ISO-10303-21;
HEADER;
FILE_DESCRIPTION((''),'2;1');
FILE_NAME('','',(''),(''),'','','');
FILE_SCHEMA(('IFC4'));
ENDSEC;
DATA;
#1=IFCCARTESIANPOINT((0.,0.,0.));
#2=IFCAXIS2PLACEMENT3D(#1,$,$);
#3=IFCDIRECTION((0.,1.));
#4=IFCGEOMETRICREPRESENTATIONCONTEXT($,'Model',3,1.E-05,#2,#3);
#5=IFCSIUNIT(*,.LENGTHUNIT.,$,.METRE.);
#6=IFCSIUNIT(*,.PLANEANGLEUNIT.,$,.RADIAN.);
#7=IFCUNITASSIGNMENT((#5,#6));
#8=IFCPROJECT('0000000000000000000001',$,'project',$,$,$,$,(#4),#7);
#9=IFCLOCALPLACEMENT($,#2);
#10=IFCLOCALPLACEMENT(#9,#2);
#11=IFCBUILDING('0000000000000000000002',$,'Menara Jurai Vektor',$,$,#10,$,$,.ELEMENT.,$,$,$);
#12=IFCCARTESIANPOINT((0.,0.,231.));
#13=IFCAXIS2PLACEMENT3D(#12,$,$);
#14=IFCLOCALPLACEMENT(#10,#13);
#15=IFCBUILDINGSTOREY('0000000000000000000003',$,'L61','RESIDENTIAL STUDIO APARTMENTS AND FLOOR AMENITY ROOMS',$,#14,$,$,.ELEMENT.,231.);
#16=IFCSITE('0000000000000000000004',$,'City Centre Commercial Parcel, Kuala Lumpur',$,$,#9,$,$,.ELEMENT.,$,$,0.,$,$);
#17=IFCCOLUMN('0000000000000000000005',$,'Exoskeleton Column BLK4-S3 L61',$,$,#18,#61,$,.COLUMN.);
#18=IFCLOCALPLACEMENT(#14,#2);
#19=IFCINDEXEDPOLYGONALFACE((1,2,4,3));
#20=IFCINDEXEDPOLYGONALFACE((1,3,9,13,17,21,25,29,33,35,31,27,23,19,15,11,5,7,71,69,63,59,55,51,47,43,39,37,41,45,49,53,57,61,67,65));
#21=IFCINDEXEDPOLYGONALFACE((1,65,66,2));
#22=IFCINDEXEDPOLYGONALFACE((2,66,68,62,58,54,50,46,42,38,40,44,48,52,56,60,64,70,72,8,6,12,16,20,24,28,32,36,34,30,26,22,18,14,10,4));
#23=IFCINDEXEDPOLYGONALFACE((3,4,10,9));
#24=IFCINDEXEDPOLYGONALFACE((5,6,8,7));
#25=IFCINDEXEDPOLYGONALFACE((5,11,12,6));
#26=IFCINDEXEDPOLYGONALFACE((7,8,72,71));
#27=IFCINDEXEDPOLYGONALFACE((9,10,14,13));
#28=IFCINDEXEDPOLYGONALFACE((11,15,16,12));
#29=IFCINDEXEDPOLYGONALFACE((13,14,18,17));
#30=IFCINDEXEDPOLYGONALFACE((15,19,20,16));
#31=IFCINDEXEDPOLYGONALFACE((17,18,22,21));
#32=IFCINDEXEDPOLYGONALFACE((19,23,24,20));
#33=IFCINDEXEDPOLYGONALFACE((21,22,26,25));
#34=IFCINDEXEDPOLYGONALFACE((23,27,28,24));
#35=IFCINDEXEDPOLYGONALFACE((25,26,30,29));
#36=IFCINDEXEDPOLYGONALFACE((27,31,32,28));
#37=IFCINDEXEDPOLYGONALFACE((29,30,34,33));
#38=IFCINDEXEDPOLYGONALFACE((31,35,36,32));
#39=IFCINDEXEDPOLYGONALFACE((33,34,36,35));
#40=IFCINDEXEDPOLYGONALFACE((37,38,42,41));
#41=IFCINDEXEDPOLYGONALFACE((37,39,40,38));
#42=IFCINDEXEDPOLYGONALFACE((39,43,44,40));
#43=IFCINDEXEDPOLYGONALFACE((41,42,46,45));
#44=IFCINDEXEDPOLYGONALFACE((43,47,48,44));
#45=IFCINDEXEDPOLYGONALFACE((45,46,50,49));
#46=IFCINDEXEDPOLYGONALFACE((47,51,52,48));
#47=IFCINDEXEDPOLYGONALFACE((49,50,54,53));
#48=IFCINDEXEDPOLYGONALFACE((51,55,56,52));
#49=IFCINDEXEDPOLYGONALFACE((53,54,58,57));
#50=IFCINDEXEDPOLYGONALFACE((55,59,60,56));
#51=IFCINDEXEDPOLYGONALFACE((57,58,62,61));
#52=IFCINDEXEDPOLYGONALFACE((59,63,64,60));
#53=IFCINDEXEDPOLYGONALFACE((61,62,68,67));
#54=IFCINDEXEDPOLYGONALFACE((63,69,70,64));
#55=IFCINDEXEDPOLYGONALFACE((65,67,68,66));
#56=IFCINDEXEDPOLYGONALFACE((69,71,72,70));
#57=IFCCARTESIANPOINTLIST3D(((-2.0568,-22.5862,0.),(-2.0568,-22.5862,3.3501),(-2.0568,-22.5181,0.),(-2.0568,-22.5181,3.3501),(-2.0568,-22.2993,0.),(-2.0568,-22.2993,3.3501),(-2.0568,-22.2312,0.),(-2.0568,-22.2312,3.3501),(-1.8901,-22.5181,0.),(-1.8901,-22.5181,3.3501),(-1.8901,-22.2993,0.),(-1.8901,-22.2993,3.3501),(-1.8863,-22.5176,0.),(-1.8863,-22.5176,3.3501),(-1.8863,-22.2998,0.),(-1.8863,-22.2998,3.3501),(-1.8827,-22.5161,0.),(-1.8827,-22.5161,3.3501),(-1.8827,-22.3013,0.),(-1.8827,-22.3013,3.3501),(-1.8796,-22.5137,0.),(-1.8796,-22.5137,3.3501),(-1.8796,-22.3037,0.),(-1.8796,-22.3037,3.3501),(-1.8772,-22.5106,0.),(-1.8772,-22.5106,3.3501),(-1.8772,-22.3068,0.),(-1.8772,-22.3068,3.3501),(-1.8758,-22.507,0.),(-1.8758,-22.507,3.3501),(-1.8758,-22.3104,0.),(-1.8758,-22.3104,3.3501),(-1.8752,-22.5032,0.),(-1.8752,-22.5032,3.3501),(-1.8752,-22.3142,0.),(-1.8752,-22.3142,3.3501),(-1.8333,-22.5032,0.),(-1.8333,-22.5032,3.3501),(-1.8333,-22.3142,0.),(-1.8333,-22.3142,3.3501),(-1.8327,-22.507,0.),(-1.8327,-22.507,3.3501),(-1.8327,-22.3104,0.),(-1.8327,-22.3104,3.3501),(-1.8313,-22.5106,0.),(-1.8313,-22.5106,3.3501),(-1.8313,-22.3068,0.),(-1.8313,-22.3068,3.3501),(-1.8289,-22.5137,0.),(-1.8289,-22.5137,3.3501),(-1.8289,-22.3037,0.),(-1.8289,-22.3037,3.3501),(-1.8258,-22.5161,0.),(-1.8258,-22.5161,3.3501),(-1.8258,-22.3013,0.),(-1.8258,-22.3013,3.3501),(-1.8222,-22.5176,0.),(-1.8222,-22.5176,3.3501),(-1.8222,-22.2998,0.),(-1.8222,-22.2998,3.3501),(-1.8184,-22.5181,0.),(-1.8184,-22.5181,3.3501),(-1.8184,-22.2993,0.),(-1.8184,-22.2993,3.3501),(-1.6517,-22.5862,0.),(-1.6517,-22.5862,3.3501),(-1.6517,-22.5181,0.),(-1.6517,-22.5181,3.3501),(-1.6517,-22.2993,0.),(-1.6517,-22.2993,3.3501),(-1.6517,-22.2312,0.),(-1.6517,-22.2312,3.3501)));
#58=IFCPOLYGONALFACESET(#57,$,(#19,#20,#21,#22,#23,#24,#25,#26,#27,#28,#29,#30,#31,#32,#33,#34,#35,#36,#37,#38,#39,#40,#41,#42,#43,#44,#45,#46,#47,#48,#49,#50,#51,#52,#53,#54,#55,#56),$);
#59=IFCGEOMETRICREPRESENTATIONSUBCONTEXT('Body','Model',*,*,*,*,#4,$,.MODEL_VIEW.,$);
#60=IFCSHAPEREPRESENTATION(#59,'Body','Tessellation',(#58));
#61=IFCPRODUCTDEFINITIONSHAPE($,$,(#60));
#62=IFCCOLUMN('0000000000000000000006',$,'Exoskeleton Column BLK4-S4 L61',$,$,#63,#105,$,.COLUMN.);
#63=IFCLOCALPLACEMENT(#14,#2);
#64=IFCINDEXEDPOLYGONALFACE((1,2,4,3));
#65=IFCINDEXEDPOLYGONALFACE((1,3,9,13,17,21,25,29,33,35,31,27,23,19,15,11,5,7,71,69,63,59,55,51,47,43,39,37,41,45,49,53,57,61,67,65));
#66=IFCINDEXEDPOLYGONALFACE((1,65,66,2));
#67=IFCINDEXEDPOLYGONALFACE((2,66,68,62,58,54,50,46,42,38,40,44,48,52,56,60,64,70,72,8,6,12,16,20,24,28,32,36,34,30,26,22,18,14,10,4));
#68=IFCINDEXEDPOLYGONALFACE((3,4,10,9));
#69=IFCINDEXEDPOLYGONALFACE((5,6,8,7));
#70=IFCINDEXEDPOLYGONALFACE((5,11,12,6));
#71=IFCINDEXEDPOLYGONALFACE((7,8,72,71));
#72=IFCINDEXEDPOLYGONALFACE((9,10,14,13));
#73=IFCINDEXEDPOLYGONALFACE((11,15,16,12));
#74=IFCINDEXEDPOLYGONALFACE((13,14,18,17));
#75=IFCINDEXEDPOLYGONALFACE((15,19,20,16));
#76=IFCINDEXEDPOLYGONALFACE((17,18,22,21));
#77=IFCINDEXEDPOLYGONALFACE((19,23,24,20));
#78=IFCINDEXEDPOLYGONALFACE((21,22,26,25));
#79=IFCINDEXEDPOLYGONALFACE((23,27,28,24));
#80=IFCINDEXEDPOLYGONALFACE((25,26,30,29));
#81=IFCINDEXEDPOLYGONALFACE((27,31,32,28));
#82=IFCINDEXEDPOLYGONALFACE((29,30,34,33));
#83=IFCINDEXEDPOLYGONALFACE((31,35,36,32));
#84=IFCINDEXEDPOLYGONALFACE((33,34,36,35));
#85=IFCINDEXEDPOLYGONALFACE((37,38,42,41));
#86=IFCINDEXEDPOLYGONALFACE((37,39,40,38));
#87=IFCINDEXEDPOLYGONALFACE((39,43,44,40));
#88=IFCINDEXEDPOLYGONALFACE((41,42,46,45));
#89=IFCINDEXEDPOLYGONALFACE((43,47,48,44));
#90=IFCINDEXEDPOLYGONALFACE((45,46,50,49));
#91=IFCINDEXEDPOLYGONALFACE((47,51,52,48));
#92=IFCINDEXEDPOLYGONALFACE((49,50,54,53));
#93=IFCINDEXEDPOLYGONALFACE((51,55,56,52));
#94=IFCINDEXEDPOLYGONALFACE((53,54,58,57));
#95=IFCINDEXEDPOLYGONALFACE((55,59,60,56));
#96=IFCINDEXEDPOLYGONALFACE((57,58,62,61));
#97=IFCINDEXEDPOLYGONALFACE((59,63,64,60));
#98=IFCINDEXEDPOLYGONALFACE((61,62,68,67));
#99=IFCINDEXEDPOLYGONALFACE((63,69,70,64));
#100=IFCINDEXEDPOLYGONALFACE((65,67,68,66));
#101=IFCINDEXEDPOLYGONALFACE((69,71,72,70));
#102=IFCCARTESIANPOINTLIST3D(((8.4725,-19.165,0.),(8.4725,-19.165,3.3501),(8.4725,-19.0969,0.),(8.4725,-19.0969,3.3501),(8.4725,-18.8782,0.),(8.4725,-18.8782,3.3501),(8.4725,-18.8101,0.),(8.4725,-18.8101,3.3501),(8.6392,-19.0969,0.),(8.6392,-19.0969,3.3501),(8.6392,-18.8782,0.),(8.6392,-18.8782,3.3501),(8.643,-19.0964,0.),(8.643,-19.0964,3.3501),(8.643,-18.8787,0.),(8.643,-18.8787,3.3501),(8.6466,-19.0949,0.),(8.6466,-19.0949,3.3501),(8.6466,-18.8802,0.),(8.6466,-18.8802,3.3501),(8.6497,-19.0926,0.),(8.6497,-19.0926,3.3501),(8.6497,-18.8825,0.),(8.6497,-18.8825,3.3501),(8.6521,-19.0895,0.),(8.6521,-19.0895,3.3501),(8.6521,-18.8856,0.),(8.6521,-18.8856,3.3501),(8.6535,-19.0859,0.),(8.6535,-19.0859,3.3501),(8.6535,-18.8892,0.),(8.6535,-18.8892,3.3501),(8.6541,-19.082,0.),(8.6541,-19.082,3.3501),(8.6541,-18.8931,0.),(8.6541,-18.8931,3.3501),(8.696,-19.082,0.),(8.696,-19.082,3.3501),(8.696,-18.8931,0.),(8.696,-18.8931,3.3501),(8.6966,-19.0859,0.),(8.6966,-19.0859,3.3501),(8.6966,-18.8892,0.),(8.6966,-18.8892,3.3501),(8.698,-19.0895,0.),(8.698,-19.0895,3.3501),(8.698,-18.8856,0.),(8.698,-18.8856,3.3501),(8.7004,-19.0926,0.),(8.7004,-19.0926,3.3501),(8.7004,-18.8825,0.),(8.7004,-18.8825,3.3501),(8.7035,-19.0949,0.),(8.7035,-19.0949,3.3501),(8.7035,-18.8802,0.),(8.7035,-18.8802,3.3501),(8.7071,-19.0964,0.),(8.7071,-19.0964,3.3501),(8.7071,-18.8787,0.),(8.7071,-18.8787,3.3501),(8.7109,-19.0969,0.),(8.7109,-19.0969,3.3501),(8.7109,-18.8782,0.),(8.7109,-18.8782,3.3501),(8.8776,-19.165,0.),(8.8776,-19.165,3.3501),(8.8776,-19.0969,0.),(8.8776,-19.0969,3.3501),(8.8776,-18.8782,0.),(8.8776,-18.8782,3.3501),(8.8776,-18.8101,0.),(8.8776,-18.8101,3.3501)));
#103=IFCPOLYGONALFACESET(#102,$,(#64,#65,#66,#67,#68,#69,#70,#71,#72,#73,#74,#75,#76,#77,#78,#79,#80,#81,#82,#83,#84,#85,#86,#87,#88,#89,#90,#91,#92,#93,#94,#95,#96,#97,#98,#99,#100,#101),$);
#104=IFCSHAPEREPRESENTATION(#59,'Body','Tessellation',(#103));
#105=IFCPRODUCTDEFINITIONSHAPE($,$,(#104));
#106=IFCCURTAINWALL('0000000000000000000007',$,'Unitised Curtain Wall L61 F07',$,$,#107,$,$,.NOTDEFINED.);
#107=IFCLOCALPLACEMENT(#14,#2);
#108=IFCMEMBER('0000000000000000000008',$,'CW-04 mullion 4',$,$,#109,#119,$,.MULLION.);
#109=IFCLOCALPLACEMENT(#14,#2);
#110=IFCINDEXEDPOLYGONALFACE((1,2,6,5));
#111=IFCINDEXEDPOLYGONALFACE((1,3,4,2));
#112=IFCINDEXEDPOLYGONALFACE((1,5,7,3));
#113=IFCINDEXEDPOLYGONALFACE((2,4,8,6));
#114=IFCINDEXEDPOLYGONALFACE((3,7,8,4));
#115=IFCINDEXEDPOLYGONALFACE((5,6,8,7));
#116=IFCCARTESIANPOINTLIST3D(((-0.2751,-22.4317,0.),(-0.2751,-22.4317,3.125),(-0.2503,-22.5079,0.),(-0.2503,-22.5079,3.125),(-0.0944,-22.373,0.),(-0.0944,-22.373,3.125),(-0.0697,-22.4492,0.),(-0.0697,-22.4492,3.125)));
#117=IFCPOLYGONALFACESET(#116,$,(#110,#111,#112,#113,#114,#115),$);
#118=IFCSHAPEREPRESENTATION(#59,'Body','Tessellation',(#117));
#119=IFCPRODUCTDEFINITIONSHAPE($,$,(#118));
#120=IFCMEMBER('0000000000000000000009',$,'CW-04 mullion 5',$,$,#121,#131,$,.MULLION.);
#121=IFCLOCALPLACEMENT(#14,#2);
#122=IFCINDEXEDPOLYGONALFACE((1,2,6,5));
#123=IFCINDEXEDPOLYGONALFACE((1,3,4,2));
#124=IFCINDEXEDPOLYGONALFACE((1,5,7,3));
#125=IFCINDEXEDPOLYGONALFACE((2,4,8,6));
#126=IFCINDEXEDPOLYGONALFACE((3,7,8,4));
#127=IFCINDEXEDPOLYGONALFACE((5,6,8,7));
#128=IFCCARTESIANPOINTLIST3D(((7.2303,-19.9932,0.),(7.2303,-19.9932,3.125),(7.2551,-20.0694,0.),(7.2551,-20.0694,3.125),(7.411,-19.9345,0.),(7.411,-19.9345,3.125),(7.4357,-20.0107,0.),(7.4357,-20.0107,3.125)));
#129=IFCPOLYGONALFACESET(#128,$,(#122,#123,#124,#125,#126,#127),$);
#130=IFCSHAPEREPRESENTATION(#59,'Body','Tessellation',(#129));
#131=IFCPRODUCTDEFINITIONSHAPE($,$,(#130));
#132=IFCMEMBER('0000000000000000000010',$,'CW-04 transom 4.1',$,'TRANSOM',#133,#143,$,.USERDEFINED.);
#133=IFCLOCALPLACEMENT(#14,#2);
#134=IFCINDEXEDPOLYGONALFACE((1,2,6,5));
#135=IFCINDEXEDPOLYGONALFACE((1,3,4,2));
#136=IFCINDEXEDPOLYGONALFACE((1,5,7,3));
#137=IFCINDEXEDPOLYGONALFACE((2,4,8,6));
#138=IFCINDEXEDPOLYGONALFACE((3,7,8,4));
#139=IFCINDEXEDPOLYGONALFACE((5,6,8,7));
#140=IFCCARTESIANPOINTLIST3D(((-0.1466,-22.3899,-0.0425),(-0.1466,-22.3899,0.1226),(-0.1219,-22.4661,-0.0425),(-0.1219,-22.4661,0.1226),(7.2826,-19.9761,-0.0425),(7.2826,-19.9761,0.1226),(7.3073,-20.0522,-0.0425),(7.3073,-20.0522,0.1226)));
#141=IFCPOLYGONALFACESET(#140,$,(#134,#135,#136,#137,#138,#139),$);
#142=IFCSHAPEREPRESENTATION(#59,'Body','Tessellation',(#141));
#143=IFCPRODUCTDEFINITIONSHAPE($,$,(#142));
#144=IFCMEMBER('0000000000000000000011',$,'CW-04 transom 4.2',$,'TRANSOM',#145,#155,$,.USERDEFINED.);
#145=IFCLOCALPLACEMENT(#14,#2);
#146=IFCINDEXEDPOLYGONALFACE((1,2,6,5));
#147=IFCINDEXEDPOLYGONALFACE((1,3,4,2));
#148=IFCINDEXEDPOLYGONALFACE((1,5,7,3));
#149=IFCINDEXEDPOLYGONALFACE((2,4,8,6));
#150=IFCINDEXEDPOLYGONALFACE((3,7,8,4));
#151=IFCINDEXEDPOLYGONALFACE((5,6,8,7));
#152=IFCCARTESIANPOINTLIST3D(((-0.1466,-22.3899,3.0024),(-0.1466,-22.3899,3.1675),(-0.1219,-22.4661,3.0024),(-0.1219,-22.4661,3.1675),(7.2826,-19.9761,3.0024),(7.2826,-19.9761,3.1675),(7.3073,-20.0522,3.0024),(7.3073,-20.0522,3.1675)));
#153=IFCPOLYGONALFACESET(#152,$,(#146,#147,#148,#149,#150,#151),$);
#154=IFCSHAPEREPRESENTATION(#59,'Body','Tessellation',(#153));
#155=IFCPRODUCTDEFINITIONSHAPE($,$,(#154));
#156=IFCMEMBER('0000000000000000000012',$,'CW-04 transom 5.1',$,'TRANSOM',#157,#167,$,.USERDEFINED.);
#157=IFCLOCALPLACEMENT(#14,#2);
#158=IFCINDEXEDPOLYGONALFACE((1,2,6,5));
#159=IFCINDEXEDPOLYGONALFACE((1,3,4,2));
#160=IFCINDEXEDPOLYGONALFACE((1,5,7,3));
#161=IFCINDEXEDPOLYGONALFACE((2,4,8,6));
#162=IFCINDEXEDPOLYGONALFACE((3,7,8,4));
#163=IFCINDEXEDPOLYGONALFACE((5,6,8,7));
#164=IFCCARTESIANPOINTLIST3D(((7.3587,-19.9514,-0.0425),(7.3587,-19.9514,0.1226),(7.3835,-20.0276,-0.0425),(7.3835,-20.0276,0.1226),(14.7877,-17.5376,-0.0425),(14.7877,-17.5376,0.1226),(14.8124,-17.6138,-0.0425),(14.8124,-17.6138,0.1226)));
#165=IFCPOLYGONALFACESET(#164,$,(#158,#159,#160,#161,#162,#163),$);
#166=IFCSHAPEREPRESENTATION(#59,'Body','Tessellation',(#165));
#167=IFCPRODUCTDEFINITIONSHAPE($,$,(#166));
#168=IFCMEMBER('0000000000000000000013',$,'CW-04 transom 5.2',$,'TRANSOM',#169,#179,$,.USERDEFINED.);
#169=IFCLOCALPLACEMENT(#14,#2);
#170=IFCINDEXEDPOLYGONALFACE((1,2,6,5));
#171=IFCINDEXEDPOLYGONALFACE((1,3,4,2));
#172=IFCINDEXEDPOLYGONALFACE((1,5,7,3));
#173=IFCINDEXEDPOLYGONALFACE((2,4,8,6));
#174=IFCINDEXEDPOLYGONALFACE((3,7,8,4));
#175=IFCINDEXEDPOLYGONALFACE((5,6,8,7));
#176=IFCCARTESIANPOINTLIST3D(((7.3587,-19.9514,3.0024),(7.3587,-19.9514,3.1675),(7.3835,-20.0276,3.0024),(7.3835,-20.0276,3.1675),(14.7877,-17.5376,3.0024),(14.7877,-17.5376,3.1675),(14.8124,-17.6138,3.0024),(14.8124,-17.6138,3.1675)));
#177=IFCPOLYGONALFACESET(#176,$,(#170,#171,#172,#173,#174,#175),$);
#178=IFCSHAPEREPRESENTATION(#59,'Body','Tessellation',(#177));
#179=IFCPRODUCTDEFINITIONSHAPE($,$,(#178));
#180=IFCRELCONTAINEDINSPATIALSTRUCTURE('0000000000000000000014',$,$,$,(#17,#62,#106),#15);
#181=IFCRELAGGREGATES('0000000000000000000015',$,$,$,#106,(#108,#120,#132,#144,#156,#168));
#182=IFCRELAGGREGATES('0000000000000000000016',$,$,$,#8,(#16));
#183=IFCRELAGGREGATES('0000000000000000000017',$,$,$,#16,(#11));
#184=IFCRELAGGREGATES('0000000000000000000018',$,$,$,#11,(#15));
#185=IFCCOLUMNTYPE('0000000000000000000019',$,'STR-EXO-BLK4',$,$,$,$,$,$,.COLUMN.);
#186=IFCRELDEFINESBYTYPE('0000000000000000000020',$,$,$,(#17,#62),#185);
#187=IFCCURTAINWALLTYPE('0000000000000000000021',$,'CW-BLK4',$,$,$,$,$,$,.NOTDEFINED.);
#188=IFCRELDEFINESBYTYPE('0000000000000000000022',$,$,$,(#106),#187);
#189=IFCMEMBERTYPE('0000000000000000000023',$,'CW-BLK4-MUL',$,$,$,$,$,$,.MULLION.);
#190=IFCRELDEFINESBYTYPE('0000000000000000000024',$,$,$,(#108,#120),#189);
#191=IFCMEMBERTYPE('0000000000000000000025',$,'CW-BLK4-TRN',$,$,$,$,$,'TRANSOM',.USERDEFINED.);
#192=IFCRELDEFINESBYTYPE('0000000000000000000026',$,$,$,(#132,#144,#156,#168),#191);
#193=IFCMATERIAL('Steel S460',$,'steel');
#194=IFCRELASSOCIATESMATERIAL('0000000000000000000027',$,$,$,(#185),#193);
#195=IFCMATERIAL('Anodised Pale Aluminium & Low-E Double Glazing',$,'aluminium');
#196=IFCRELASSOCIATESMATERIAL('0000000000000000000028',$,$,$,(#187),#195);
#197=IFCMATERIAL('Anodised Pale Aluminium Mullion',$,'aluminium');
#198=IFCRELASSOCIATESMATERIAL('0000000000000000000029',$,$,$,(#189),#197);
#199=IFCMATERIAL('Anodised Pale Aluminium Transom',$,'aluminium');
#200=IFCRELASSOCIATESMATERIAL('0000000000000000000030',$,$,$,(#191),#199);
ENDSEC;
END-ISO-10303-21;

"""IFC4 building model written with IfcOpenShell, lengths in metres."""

from ifc_helpers import new_model, si_unit, direction, frame, origin, origin_2d, place, context, subcontext, project, spatial, rectangle, i_section, extrude, material, material_profile, profile_set, type_object, element, aggregate, save


model = new_model("IFC4")

# Units and contexts
model_context = context("Model", 3, precision=1e-05, world=origin(), true_north=direction((0.0, 1.0)))
body_context = subcontext(model_context, "Body", "Model", "MODEL_VIEW")
ifc_project = project(units=[si_unit("LENGTHUNIT", "METRE"), si_unit("PLANEANGLEUNIT", "RADIAN")], contexts=[model_context])

# Site, building, storey
site_placement = place(None, origin())
site = spatial("IfcSite", under=ifc_project, at=site_placement, Name="City Centre Commercial Parcel, Kuala Lumpur", CompositionType="ELEMENT", RefElevation=0.0)
building_placement = place(site_placement, origin())
building = spatial("IfcBuilding", under=site, at=building_placement, Name="Menara Jurai Vektor", CompositionType="ELEMENT")
storey_placement = place(building_placement, frame((0.0, 0.0, 231.0)))
storey = spatial("IfcBuildingStorey", under=building, at=storey_placement, Name="L61", Description="RESIDENTIAL STUDIO APARTMENTS AND FLOOR AMENITY ROOMS", CompositionType="ELEMENT", Elevation=231.0)

# Columns
ifc_material_1 = material(Name="Steel S460", Category="steel")
ifc_material_profile_1 = material_profile(ifc_material_1, i_section(OverallWidth=0.405, OverallDepth=0.355, WebThickness=0.042, FlangeThickness=0.0681, FilletRadius=0.0149, at=origin_2d()), Name="HD 400x551")
ifc_profile_set_1 = profile_set([ifc_material_profile_1], Name="Steel S460")
column_type = type_object("IfcColumnType", Name="STR-EXO-BLK4", PredefinedType="COLUMN", material=ifc_profile_set_1)
for number, where, z_axis, x_axis, name in (
    (1, (-1.8542, -22.4087, 0.0), (0.0, 0.0, 1.0), (1.0, 0.0, 0.0), "Exoskeleton Column BLK4-S3 L61"),
    (2, (8.675, -18.9875, 0.0), (0.0, 0.0, 1.0), (1.0, 0.0, 0.0), "Exoskeleton Column BLK4-S4 L61"),
):
    element("IfcColumn", number, at=place(storey_placement, frame(where, z_axis=z_axis, x_axis=x_axis)), inside=storey, type_object=column_type, Name=name, PredefinedType="COLUMN", context=body_context, shape_type="SweptSolid", body=[
        extrude(i_section(OverallWidth=0.405, OverallDepth=0.355, WebThickness=0.042, FlangeThickness=0.0681, FilletRadius=0.0149, at=origin_2d()), origin(), (0.0, 0.0, 1.0), 3.3501),
    ])

# Curtain wall, members
ifc_material_2 = material(Name="Anodised Pale Aluminium & Low-E Double Glazing", Category="aluminium")
curtain_wall_type = type_object("IfcCurtainWallType", Name="CW-BLK4", PredefinedType="NOTDEFINED", material=ifc_material_2)
curtain_wall_placement = place(storey_placement, origin())
curtain_wall = element("IfcCurtainWall", 3, at=curtain_wall_placement, inside=storey, type_object=curtain_wall_type, Name="Unitised Curtain Wall L61 F07", PredefinedType="NOTDEFINED")
ifc_material_3 = material(Name="Anodised Pale Aluminium Mullion", Category="aluminium")
ifc_material_profile_2 = material_profile(ifc_material_3, rectangle(XDim=0.0801, YDim=0.1899, at=origin_2d()), Name="ALU MUL 80x190")
ifc_profile_set_2 = profile_set([ifc_material_profile_2], Name="Anodised Pale Aluminium Mullion")
member_type_1 = type_object("IfcMemberType", Name="CW-BLK4-MUL", PredefinedType="MULLION", material=ifc_profile_set_2)
member_1_placement = place(storey_placement, frame((-0.1724, -22.4404, 0.0), z_axis=(0.0, 0.0, 1.0), x_axis=(-0.309017, 0.951056, 0.0)))
member_1 = element("IfcMember", 4, at=member_1_placement, type_object=member_type_1, Name="CW-04 mullion 4", PredefinedType="MULLION", context=body_context, shape_type="SweptSolid", body=[
    extrude(rectangle(XDim=0.0801, YDim=0.1899, at=origin_2d()), origin(), (0.0, 0.0, 1.0), 3.125),
])
member_2_placement = place(storey_placement, frame((7.333, -20.002, 0.0), z_axis=(0.0, 0.0, 1.0), x_axis=(-0.309017, 0.951056, 0.0)))
member_2 = element("IfcMember", 5, at=member_2_placement, type_object=member_type_1, Name="CW-04 mullion 5", PredefinedType="MULLION", context=body_context, shape_type="SweptSolid", body=[
    extrude(rectangle(XDim=0.0801, YDim=0.1899, at=origin_2d()), origin(), (0.0, 0.0, 1.0), 3.125),
])
ifc_material_4 = material(Name="Anodised Pale Aluminium Transom", Category="aluminium")
ifc_material_profile_3 = material_profile(ifc_material_4, rectangle(XDim=0.0801, YDim=0.165, at=origin_2d()), Name="ALU TRN 80x165")
ifc_profile_set_3 = profile_set([ifc_material_profile_3], Name="Anodised Pale Aluminium Transom")
member_type_2 = type_object("IfcMemberType", Name="CW-BLK4-TRN", ElementType="TRANSOM", PredefinedType="USERDEFINED", material=ifc_profile_set_3)
member_3_placement = place(storey_placement, frame((-0.1343, -22.428, 0.04), z_axis=(0.951059, 0.309008, 0.0), x_axis=(-0.309008, 0.951059, 0.0)))
member_3 = element("IfcMember", 6, at=member_3_placement, type_object=member_type_2, Name="CW-04 transom 4.1", ObjectType="TRANSOM", PredefinedType="USERDEFINED", context=body_context, shape_type="SweptSolid", body=[
    extrude(rectangle(XDim=0.0801, YDim=0.165, at=origin_2d()), origin(), (0.0, 0.0, 1.0), 7.8115),
])
member_4_placement = place(storey_placement, frame((-0.1343, -22.428, 3.085), z_axis=(0.951059, 0.309008, 0.0), x_axis=(-0.309008, 0.951059, 0.0)))
member_4 = element("IfcMember", 7, at=member_4_placement, type_object=member_type_2, Name="CW-04 transom 4.2", ObjectType="TRANSOM", PredefinedType="USERDEFINED", context=body_context, shape_type="SweptSolid", body=[
    extrude(rectangle(XDim=0.0801, YDim=0.165, at=origin_2d()), origin(), (0.0, 0.0, 1.0), 7.8115),
])
member_5_placement = place(storey_placement, frame((7.3711, -19.9895, 0.04), z_axis=(0.951056, 0.309018, 0.0), x_axis=(-0.309018, 0.951056, 0.0)))
member_5 = element("IfcMember", 8, at=member_5_placement, type_object=member_type_2, Name="CW-04 transom 5.1", ObjectType="TRANSOM", PredefinedType="USERDEFINED", context=body_context, shape_type="SweptSolid", body=[
    extrude(rectangle(XDim=0.0801, YDim=0.165, at=origin_2d()), origin(), (0.0, 0.0, 1.0), 7.8113),
])
member_6_placement = place(storey_placement, frame((7.3711, -19.9895, 3.085), z_axis=(0.951056, 0.309018, 0.0), x_axis=(-0.309018, 0.951056, 0.0)))
member_6 = element("IfcMember", 9, at=member_6_placement, type_object=member_type_2, Name="CW-04 transom 5.2", ObjectType="TRANSOM", PredefinedType="USERDEFINED", context=body_context, shape_type="SweptSolid", body=[
    extrude(rectangle(XDim=0.0801, YDim=0.165, at=origin_2d()), origin(), (0.0, 0.0, 1.0), 7.8113),
])

aggregate(curtain_wall, [member_1, member_2, member_3, member_4, member_5, member_6])

save(model, "model.ifc")
